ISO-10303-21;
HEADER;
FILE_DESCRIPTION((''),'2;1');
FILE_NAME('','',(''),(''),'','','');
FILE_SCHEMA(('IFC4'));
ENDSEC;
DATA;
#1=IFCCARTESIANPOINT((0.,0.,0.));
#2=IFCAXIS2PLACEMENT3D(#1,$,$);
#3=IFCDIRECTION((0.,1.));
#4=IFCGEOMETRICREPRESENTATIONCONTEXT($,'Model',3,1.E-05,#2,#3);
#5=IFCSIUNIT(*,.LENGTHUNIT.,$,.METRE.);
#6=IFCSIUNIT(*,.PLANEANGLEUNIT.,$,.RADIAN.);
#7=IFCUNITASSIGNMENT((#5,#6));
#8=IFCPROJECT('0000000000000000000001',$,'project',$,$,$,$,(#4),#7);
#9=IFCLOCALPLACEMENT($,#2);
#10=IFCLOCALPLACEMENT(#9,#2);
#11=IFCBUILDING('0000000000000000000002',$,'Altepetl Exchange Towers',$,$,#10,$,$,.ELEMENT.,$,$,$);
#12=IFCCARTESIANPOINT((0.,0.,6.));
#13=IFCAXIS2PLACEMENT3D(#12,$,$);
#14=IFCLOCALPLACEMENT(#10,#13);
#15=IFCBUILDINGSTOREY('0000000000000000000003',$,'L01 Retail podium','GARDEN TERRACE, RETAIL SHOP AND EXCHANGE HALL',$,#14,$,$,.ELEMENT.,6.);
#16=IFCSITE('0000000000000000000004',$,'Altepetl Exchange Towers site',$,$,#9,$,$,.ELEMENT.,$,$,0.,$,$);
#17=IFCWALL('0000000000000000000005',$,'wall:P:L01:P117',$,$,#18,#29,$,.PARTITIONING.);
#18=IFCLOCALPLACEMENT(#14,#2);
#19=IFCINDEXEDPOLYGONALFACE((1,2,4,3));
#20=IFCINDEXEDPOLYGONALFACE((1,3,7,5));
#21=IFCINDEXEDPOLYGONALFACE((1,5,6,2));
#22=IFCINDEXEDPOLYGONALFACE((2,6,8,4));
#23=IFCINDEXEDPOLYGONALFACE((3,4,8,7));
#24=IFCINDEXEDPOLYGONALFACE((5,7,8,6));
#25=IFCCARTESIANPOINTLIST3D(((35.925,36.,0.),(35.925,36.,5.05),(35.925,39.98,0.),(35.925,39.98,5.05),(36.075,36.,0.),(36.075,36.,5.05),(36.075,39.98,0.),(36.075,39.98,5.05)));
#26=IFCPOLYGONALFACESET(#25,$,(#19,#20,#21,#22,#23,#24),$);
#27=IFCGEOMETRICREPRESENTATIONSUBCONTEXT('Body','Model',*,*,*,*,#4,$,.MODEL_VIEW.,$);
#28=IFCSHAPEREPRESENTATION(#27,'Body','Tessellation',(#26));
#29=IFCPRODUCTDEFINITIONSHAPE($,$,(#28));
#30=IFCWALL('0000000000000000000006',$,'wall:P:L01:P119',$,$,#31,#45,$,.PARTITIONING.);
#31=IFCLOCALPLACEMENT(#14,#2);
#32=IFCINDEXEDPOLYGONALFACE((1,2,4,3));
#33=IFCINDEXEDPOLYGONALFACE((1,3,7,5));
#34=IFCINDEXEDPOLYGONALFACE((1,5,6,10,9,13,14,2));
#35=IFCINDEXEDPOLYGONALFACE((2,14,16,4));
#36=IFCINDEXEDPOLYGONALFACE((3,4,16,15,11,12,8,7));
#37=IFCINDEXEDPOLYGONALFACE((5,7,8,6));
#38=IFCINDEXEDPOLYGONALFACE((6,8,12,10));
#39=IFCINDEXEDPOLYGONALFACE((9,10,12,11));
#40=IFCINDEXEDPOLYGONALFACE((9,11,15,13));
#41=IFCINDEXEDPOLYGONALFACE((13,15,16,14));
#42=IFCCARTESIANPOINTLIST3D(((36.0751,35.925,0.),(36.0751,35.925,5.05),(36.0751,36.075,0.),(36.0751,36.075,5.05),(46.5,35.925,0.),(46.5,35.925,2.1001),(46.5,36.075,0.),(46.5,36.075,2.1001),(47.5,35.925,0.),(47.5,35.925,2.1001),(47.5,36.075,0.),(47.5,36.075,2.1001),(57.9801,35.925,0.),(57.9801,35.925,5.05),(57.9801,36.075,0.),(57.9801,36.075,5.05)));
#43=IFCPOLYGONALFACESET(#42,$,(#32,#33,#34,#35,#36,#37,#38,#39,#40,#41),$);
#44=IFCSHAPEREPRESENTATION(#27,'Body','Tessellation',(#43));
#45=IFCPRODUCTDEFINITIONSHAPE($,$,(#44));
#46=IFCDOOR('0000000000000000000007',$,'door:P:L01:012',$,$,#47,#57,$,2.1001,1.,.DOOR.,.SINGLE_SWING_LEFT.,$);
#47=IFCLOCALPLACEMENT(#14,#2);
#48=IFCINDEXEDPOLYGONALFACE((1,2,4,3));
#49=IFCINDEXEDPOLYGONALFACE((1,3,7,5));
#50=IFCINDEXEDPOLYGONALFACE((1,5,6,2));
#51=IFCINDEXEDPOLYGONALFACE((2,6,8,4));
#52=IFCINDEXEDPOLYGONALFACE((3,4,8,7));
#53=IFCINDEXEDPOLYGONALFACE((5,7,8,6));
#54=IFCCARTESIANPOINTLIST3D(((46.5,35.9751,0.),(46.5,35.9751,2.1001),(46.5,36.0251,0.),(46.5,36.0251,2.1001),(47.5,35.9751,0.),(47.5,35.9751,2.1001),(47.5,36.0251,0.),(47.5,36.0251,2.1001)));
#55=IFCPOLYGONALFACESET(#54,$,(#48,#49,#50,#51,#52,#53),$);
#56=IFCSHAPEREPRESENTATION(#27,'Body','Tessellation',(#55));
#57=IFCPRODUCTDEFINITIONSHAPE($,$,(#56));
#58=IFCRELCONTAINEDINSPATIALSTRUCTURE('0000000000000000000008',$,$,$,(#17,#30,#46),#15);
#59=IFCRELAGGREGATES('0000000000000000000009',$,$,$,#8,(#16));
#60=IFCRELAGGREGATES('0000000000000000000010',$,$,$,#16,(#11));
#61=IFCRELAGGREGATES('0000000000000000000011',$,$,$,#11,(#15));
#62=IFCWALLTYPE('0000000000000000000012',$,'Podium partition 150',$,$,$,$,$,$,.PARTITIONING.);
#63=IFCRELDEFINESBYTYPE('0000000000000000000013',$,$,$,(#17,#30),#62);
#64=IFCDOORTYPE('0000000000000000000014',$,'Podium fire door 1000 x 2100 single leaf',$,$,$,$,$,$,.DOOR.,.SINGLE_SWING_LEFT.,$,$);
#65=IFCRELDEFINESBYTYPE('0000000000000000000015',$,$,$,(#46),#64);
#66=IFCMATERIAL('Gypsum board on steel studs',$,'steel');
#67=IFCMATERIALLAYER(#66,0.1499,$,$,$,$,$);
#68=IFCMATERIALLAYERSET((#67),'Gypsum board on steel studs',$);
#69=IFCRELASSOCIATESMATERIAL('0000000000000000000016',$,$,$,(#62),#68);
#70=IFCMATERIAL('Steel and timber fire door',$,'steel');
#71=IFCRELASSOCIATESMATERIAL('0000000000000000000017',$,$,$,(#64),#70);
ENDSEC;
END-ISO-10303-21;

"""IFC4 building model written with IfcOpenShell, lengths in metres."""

from ifc_helpers import new_model, si_unit, direction, frame, frame_2d, origin, place, context, subcontext, project, spatial, rectangle, extrude, material, layer, layer_set, type_object, element, fill, save


model = new_model("IFC4")

# Units and contexts
model_context = context("Model", 3, precision=1e-05, world=origin(), true_north=direction((0.0, 1.0)))
body_context = subcontext(model_context, "Body", "Model", "MODEL_VIEW")
ifc_project = project(units=[si_unit("LENGTHUNIT", "METRE"), si_unit("PLANEANGLEUNIT", "RADIAN")], contexts=[model_context])

# Site, building, storey
site_placement = place(None, origin())
site = spatial("IfcSite", under=ifc_project, at=site_placement, Name="Altepetl Exchange Towers site", CompositionType="ELEMENT", RefElevation=0.0)
building_placement = place(site_placement, origin())
building = spatial("IfcBuilding", under=site, at=building_placement, Name="Altepetl Exchange Towers", CompositionType="ELEMENT")
storey_placement = place(building_placement, frame((0.0, 0.0, 6.0)))
storey = spatial("IfcBuildingStorey", under=building, at=storey_placement, Name="L01 Retail podium", Description="GARDEN TERRACE, RETAIL SHOP AND EXCHANGE HALL", CompositionType="ELEMENT", Elevation=6.0)

# Shared definitions
ifc_material_1 = material(Name="Steel and timber fire door", Category="steel")

# Wall
ifc_material_2 = material(Name="Gypsum board on steel studs", Category="steel")
ifc_layer_1 = layer(ifc_material_2, 0.1499)
ifc_layer_set_1 = layer_set([ifc_layer_1], Name="Gypsum board on steel studs")
wall_type_1 = type_object("IfcWallType", Name="Podium partition 150", PredefinedType="PARTITIONING", material=ifc_layer_set_1)
wall_1_placement = place(storey_placement, frame((36.0, 36.0, 0.0), z_axis=(0.0, 0.0, 1.0), x_axis=(0.0, 1.0, 0.0)))
element("IfcWall", 1, at=wall_1_placement, inside=storey, type_object=wall_type_1, Name="wall:P:L01:P117", PredefinedType="PARTITIONING", context=body_context, shape_type="SweptSolid", body=[
    extrude(rectangle(XDim=3.98, YDim=0.1499, at=frame_2d((1.99, 0.0))), origin(), (0.0, 0.0, 1.0), 5.05),
])

# Wall, opening, door
wall_2_placement = place(storey_placement, frame((36.075, 36.0, 0.0)))
wall_2 = element("IfcWall", 2, at=wall_2_placement, inside=storey, type_object=wall_type_1, Name="wall:P:L01:P119", PredefinedType="PARTITIONING", context=body_context, shape_type="SweptSolid", body=[
    extrude(rectangle(XDim=21.905, YDim=0.1499, at=frame_2d((10.9526, 0.0))), origin(), (0.0, 0.0, 1.0), 5.05),
])
opening_1_placement = place(wall_2_placement, frame((10.425, 0.0, 0.0)))
opening_1 = element("IfcOpeningElement", 3, at=opening_1_placement, cuts=wall_2, PredefinedType="OPENING", context=body_context, shape_type="SweptSolid", body=[
    extrude(rectangle(XDim=1.0, YDim=2.1001, at=frame_2d((0.5, 1.05))), frame((0.0, 0.085, 0.0), z_axis=(0.0, -1.0, 0.0), x_axis=(1.0, 0.0, 0.0)), (0.0, 0.0, 1.0), 0.1699),
])
door_type_1 = type_object("IfcDoorType", Name="Podium fire door 1000 x 2100 single leaf", OperationType="SINGLE_SWING_LEFT", PredefinedType="DOOR", material=ifc_material_1)
door_1_placement = place(opening_1_placement, frame((1.0, 0.0, 0.0), x_axis=(-1.0, 0.0, 0.0)))
door_1 = element("IfcDoor", 4, at=door_1_placement, inside=storey, type_object=door_type_1, Name="door:P:L01:012", OperationType="SINGLE_SWING_LEFT", OverallHeight=2.1001, OverallWidth=1.0, PredefinedType="DOOR", context=body_context, shape_type="SweptSolid", body=[
    extrude(rectangle(XDim=1.0, YDim=2.1001, at=frame_2d((0.5, 1.05))), frame((0.0, 0.0249, 0.0), z_axis=(0.0, -1.0, 0.0), x_axis=(1.0, 0.0, 0.0)), (0.0, 0.0, 1.0), 0.05),
])
fill(opening_1, door_1)

save(model, "model.ifc")
